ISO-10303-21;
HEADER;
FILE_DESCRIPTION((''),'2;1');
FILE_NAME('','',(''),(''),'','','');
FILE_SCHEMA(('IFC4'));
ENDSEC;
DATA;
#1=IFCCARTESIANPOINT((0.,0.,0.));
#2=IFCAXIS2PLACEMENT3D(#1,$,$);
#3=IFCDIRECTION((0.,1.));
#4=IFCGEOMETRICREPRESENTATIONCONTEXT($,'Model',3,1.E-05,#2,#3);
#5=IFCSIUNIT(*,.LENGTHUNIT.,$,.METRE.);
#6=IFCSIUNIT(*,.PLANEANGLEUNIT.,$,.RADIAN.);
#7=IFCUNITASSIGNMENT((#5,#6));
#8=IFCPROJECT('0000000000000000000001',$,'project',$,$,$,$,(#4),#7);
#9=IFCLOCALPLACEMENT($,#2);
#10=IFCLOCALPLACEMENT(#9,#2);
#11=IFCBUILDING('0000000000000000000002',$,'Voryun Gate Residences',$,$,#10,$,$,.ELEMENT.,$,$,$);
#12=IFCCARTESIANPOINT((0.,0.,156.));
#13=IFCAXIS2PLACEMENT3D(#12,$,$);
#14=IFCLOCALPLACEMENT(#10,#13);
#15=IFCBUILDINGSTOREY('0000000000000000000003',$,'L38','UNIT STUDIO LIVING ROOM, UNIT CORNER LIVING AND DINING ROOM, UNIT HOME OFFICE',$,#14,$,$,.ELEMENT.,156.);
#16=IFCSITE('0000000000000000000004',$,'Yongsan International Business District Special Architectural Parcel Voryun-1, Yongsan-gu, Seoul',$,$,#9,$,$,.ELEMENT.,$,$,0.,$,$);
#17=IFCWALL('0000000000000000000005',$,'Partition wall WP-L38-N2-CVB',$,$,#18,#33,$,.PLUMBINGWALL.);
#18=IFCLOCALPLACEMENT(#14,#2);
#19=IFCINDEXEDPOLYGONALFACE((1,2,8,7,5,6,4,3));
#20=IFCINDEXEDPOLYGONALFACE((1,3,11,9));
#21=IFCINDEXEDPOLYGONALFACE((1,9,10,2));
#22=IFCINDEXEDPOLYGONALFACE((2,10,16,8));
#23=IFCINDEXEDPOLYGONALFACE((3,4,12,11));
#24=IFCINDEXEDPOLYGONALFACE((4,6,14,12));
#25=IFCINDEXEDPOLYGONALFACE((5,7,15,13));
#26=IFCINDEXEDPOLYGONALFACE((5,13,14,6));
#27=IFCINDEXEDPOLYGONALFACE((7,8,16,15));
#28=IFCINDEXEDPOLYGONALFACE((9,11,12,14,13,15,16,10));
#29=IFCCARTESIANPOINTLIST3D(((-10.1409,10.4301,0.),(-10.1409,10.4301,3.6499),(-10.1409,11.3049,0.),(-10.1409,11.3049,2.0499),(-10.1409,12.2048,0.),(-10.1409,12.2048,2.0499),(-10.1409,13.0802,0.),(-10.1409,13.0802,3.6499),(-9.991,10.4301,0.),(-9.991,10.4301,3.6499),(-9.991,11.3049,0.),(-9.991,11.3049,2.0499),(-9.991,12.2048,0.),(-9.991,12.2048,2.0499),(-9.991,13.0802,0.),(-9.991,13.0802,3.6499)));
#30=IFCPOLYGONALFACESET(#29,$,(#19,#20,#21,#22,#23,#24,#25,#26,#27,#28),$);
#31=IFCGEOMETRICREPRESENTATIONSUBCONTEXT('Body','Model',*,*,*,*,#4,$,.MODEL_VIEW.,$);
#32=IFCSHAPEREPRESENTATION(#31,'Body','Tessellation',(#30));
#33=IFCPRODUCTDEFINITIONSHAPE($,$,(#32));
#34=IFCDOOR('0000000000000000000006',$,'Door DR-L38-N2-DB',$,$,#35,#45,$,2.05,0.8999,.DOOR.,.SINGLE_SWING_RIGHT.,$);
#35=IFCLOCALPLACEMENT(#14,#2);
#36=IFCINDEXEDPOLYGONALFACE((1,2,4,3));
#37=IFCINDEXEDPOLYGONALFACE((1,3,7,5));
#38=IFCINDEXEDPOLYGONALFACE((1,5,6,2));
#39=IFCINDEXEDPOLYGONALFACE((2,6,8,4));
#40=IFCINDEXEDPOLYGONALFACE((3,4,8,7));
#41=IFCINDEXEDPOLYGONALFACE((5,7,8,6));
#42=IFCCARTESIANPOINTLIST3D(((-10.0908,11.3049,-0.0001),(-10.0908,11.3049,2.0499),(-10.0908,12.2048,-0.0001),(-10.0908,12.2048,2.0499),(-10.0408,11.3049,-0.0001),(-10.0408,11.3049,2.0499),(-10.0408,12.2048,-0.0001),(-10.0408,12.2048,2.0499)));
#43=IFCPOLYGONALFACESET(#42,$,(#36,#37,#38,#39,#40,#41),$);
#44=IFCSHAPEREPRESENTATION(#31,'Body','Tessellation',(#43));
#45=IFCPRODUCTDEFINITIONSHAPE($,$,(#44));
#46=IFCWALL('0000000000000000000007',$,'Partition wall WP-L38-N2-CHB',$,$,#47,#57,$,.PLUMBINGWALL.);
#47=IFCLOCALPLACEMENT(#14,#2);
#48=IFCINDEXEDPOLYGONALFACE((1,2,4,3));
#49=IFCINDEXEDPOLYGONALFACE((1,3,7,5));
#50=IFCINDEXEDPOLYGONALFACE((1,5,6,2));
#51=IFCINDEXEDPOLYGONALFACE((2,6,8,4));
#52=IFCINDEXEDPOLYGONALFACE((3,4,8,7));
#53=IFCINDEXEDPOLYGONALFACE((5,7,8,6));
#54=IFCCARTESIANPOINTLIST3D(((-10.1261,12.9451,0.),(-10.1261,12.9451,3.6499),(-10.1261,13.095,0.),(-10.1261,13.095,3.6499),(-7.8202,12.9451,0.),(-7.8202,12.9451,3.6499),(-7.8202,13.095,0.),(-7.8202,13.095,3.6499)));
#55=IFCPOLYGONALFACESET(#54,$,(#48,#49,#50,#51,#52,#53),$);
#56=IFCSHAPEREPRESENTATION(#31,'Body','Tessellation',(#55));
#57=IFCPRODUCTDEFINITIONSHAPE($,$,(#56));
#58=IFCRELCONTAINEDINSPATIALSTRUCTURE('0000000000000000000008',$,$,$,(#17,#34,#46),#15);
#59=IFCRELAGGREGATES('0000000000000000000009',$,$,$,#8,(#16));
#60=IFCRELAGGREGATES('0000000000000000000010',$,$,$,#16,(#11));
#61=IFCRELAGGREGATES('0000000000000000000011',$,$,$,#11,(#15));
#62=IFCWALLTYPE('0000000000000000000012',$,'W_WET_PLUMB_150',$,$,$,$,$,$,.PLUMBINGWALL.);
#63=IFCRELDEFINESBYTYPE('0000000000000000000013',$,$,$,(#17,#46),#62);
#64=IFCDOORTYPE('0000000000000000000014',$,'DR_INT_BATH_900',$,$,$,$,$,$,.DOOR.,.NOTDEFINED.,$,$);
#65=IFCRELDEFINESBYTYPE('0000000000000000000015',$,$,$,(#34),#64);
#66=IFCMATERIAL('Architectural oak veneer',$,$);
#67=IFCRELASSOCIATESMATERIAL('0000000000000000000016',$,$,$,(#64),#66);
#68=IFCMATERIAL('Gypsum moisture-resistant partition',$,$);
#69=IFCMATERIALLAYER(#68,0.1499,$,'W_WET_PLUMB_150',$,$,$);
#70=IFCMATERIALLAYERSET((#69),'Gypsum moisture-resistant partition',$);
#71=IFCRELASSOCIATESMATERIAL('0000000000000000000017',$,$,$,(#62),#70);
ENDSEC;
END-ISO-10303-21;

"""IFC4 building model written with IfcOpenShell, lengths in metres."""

from ifc_helpers import new_model, si_unit, direction, frame, frame_2d, origin, place, context, subcontext, project, spatial, rectangle, extrude, material, layer, layer_set, type_object, element, fill, save


model = new_model("IFC4")

# Units and contexts
model_context = context("Model", 3, precision=1e-05, world=origin(), true_north=direction((0.0, 1.0)))
body_context = subcontext(model_context, "Body", "Model", "MODEL_VIEW")
ifc_project = project(units=[si_unit("LENGTHUNIT", "METRE"), si_unit("PLANEANGLEUNIT", "RADIAN")], contexts=[model_context])

# Site, building, storey
site_placement = place(None, origin())
site = spatial("IfcSite", under=ifc_project, at=site_placement, Name="Yongsan International Business District Special Architectural Parcel Voryun-1, Yongsan-gu, Seoul", CompositionType="ELEMENT", RefElevation=0.0)
building_placement = place(site_placement, origin())
building = spatial("IfcBuilding", under=site, at=building_placement, Name="Voryun Gate Residences", CompositionType="ELEMENT")
storey_placement = place(building_placement, frame((0.0, 0.0, 156.0)))
storey = spatial("IfcBuildingStorey", under=building, at=storey_placement, Name="L38", Description="UNIT STUDIO LIVING ROOM, UNIT CORNER LIVING AND DINING ROOM, UNIT HOME OFFICE", CompositionType="ELEMENT", Elevation=156.0)

# Shared definitions
ifc_material_1 = material(Name="Architectural oak veneer")
door_type = type_object("IfcDoorType", Name="DR_INT_BATH_900", OperationType="NOTDEFINED", PredefinedType="DOOR", material=ifc_material_1)

# Wall, opening, door
ifc_material_2 = material(Name="Gypsum moisture-resistant partition")
ifc_layer_1 = layer(ifc_material_2, 0.1499, Name="W_WET_PLUMB_150")
ifc_layer_set_1 = layer_set([ifc_layer_1], Name="Gypsum moisture-resistant partition")
wall_type_1 = type_object("IfcWallType", Name="W_WET_PLUMB_150", PredefinedType="PLUMBINGWALL", material=ifc_layer_set_1)
wall_1_placement = place(storey_placement, frame((-10.0659, 10.4299, 0.0), z_axis=(0.0, 0.0, 1.0), x_axis=(0.0, 1.0, 0.0)))
wall_1 = element("IfcWall", 1, at=wall_1_placement, inside=storey, type_object=wall_type_1, Name="Partition wall WP-L38-N2-CVB", PredefinedType="PLUMBINGWALL", context=body_context, shape_type="SweptSolid", body=[
    extrude(rectangle(XDim=2.6501, YDim=0.1499, at=frame_2d((1.3252, 0.0))), origin(), (0.0, 0.0, 1.0), 3.6499),
])
opening_1_placement = place(wall_1_placement, frame((0.875, 0.0, 0.0)))
opening_1 = element("IfcOpeningElement", 2, at=opening_1_placement, cuts=wall_1, PredefinedType="OPENING", context=body_context, shape_type="SweptSolid", body=[
    extrude(rectangle(XDim=0.8999, YDim=2.05, at=frame_2d((0.45, 1.0249))), frame((0.0, 0.085, 0.0), z_axis=(0.0, -1.0, 0.0), x_axis=(1.0, 0.0, 0.0)), (0.0, 0.0, 1.0), 0.1699),
])
door_1_placement = place(opening_1_placement, origin())
door_1 = element("IfcDoor", 3, at=door_1_placement, inside=storey, type_object=door_type, Name="Door DR-L38-N2-DB", OperationType="SINGLE_SWING_RIGHT", OverallHeight=2.05, OverallWidth=0.8999, PredefinedType="DOOR", context=body_context, shape_type="SweptSolid", body=[
    extrude(rectangle(XDim=0.8999, YDim=2.05, at=frame_2d((0.45, 1.0249))), frame((0.0, 0.0249, 0.0), z_axis=(0.0, -1.0, 0.0), x_axis=(1.0, 0.0, 0.0)), (0.0, 0.0, 1.0), 0.05),
])
fill(opening_1, door_1)

# Wall
wall_2_placement = place(storey_placement, frame((-10.126, 13.02, 0.0), z_axis=(0.0, 0.0, 1.0), x_axis=(1.0, 0.0, 0.0)))
element("IfcWall", 4, at=wall_2_placement, inside=storey, type_object=wall_type_1, Name="Partition wall WP-L38-N2-CHB", PredefinedType="PLUMBINGWALL", context=body_context, shape_type="SweptSolid", body=[
    extrude(rectangle(XDim=2.3059, YDim=0.1499, at=frame_2d((1.1528, 0.0))), origin(), (0.0, 0.0, 1.0), 3.6499),
])

save(model, "model.ifc")
